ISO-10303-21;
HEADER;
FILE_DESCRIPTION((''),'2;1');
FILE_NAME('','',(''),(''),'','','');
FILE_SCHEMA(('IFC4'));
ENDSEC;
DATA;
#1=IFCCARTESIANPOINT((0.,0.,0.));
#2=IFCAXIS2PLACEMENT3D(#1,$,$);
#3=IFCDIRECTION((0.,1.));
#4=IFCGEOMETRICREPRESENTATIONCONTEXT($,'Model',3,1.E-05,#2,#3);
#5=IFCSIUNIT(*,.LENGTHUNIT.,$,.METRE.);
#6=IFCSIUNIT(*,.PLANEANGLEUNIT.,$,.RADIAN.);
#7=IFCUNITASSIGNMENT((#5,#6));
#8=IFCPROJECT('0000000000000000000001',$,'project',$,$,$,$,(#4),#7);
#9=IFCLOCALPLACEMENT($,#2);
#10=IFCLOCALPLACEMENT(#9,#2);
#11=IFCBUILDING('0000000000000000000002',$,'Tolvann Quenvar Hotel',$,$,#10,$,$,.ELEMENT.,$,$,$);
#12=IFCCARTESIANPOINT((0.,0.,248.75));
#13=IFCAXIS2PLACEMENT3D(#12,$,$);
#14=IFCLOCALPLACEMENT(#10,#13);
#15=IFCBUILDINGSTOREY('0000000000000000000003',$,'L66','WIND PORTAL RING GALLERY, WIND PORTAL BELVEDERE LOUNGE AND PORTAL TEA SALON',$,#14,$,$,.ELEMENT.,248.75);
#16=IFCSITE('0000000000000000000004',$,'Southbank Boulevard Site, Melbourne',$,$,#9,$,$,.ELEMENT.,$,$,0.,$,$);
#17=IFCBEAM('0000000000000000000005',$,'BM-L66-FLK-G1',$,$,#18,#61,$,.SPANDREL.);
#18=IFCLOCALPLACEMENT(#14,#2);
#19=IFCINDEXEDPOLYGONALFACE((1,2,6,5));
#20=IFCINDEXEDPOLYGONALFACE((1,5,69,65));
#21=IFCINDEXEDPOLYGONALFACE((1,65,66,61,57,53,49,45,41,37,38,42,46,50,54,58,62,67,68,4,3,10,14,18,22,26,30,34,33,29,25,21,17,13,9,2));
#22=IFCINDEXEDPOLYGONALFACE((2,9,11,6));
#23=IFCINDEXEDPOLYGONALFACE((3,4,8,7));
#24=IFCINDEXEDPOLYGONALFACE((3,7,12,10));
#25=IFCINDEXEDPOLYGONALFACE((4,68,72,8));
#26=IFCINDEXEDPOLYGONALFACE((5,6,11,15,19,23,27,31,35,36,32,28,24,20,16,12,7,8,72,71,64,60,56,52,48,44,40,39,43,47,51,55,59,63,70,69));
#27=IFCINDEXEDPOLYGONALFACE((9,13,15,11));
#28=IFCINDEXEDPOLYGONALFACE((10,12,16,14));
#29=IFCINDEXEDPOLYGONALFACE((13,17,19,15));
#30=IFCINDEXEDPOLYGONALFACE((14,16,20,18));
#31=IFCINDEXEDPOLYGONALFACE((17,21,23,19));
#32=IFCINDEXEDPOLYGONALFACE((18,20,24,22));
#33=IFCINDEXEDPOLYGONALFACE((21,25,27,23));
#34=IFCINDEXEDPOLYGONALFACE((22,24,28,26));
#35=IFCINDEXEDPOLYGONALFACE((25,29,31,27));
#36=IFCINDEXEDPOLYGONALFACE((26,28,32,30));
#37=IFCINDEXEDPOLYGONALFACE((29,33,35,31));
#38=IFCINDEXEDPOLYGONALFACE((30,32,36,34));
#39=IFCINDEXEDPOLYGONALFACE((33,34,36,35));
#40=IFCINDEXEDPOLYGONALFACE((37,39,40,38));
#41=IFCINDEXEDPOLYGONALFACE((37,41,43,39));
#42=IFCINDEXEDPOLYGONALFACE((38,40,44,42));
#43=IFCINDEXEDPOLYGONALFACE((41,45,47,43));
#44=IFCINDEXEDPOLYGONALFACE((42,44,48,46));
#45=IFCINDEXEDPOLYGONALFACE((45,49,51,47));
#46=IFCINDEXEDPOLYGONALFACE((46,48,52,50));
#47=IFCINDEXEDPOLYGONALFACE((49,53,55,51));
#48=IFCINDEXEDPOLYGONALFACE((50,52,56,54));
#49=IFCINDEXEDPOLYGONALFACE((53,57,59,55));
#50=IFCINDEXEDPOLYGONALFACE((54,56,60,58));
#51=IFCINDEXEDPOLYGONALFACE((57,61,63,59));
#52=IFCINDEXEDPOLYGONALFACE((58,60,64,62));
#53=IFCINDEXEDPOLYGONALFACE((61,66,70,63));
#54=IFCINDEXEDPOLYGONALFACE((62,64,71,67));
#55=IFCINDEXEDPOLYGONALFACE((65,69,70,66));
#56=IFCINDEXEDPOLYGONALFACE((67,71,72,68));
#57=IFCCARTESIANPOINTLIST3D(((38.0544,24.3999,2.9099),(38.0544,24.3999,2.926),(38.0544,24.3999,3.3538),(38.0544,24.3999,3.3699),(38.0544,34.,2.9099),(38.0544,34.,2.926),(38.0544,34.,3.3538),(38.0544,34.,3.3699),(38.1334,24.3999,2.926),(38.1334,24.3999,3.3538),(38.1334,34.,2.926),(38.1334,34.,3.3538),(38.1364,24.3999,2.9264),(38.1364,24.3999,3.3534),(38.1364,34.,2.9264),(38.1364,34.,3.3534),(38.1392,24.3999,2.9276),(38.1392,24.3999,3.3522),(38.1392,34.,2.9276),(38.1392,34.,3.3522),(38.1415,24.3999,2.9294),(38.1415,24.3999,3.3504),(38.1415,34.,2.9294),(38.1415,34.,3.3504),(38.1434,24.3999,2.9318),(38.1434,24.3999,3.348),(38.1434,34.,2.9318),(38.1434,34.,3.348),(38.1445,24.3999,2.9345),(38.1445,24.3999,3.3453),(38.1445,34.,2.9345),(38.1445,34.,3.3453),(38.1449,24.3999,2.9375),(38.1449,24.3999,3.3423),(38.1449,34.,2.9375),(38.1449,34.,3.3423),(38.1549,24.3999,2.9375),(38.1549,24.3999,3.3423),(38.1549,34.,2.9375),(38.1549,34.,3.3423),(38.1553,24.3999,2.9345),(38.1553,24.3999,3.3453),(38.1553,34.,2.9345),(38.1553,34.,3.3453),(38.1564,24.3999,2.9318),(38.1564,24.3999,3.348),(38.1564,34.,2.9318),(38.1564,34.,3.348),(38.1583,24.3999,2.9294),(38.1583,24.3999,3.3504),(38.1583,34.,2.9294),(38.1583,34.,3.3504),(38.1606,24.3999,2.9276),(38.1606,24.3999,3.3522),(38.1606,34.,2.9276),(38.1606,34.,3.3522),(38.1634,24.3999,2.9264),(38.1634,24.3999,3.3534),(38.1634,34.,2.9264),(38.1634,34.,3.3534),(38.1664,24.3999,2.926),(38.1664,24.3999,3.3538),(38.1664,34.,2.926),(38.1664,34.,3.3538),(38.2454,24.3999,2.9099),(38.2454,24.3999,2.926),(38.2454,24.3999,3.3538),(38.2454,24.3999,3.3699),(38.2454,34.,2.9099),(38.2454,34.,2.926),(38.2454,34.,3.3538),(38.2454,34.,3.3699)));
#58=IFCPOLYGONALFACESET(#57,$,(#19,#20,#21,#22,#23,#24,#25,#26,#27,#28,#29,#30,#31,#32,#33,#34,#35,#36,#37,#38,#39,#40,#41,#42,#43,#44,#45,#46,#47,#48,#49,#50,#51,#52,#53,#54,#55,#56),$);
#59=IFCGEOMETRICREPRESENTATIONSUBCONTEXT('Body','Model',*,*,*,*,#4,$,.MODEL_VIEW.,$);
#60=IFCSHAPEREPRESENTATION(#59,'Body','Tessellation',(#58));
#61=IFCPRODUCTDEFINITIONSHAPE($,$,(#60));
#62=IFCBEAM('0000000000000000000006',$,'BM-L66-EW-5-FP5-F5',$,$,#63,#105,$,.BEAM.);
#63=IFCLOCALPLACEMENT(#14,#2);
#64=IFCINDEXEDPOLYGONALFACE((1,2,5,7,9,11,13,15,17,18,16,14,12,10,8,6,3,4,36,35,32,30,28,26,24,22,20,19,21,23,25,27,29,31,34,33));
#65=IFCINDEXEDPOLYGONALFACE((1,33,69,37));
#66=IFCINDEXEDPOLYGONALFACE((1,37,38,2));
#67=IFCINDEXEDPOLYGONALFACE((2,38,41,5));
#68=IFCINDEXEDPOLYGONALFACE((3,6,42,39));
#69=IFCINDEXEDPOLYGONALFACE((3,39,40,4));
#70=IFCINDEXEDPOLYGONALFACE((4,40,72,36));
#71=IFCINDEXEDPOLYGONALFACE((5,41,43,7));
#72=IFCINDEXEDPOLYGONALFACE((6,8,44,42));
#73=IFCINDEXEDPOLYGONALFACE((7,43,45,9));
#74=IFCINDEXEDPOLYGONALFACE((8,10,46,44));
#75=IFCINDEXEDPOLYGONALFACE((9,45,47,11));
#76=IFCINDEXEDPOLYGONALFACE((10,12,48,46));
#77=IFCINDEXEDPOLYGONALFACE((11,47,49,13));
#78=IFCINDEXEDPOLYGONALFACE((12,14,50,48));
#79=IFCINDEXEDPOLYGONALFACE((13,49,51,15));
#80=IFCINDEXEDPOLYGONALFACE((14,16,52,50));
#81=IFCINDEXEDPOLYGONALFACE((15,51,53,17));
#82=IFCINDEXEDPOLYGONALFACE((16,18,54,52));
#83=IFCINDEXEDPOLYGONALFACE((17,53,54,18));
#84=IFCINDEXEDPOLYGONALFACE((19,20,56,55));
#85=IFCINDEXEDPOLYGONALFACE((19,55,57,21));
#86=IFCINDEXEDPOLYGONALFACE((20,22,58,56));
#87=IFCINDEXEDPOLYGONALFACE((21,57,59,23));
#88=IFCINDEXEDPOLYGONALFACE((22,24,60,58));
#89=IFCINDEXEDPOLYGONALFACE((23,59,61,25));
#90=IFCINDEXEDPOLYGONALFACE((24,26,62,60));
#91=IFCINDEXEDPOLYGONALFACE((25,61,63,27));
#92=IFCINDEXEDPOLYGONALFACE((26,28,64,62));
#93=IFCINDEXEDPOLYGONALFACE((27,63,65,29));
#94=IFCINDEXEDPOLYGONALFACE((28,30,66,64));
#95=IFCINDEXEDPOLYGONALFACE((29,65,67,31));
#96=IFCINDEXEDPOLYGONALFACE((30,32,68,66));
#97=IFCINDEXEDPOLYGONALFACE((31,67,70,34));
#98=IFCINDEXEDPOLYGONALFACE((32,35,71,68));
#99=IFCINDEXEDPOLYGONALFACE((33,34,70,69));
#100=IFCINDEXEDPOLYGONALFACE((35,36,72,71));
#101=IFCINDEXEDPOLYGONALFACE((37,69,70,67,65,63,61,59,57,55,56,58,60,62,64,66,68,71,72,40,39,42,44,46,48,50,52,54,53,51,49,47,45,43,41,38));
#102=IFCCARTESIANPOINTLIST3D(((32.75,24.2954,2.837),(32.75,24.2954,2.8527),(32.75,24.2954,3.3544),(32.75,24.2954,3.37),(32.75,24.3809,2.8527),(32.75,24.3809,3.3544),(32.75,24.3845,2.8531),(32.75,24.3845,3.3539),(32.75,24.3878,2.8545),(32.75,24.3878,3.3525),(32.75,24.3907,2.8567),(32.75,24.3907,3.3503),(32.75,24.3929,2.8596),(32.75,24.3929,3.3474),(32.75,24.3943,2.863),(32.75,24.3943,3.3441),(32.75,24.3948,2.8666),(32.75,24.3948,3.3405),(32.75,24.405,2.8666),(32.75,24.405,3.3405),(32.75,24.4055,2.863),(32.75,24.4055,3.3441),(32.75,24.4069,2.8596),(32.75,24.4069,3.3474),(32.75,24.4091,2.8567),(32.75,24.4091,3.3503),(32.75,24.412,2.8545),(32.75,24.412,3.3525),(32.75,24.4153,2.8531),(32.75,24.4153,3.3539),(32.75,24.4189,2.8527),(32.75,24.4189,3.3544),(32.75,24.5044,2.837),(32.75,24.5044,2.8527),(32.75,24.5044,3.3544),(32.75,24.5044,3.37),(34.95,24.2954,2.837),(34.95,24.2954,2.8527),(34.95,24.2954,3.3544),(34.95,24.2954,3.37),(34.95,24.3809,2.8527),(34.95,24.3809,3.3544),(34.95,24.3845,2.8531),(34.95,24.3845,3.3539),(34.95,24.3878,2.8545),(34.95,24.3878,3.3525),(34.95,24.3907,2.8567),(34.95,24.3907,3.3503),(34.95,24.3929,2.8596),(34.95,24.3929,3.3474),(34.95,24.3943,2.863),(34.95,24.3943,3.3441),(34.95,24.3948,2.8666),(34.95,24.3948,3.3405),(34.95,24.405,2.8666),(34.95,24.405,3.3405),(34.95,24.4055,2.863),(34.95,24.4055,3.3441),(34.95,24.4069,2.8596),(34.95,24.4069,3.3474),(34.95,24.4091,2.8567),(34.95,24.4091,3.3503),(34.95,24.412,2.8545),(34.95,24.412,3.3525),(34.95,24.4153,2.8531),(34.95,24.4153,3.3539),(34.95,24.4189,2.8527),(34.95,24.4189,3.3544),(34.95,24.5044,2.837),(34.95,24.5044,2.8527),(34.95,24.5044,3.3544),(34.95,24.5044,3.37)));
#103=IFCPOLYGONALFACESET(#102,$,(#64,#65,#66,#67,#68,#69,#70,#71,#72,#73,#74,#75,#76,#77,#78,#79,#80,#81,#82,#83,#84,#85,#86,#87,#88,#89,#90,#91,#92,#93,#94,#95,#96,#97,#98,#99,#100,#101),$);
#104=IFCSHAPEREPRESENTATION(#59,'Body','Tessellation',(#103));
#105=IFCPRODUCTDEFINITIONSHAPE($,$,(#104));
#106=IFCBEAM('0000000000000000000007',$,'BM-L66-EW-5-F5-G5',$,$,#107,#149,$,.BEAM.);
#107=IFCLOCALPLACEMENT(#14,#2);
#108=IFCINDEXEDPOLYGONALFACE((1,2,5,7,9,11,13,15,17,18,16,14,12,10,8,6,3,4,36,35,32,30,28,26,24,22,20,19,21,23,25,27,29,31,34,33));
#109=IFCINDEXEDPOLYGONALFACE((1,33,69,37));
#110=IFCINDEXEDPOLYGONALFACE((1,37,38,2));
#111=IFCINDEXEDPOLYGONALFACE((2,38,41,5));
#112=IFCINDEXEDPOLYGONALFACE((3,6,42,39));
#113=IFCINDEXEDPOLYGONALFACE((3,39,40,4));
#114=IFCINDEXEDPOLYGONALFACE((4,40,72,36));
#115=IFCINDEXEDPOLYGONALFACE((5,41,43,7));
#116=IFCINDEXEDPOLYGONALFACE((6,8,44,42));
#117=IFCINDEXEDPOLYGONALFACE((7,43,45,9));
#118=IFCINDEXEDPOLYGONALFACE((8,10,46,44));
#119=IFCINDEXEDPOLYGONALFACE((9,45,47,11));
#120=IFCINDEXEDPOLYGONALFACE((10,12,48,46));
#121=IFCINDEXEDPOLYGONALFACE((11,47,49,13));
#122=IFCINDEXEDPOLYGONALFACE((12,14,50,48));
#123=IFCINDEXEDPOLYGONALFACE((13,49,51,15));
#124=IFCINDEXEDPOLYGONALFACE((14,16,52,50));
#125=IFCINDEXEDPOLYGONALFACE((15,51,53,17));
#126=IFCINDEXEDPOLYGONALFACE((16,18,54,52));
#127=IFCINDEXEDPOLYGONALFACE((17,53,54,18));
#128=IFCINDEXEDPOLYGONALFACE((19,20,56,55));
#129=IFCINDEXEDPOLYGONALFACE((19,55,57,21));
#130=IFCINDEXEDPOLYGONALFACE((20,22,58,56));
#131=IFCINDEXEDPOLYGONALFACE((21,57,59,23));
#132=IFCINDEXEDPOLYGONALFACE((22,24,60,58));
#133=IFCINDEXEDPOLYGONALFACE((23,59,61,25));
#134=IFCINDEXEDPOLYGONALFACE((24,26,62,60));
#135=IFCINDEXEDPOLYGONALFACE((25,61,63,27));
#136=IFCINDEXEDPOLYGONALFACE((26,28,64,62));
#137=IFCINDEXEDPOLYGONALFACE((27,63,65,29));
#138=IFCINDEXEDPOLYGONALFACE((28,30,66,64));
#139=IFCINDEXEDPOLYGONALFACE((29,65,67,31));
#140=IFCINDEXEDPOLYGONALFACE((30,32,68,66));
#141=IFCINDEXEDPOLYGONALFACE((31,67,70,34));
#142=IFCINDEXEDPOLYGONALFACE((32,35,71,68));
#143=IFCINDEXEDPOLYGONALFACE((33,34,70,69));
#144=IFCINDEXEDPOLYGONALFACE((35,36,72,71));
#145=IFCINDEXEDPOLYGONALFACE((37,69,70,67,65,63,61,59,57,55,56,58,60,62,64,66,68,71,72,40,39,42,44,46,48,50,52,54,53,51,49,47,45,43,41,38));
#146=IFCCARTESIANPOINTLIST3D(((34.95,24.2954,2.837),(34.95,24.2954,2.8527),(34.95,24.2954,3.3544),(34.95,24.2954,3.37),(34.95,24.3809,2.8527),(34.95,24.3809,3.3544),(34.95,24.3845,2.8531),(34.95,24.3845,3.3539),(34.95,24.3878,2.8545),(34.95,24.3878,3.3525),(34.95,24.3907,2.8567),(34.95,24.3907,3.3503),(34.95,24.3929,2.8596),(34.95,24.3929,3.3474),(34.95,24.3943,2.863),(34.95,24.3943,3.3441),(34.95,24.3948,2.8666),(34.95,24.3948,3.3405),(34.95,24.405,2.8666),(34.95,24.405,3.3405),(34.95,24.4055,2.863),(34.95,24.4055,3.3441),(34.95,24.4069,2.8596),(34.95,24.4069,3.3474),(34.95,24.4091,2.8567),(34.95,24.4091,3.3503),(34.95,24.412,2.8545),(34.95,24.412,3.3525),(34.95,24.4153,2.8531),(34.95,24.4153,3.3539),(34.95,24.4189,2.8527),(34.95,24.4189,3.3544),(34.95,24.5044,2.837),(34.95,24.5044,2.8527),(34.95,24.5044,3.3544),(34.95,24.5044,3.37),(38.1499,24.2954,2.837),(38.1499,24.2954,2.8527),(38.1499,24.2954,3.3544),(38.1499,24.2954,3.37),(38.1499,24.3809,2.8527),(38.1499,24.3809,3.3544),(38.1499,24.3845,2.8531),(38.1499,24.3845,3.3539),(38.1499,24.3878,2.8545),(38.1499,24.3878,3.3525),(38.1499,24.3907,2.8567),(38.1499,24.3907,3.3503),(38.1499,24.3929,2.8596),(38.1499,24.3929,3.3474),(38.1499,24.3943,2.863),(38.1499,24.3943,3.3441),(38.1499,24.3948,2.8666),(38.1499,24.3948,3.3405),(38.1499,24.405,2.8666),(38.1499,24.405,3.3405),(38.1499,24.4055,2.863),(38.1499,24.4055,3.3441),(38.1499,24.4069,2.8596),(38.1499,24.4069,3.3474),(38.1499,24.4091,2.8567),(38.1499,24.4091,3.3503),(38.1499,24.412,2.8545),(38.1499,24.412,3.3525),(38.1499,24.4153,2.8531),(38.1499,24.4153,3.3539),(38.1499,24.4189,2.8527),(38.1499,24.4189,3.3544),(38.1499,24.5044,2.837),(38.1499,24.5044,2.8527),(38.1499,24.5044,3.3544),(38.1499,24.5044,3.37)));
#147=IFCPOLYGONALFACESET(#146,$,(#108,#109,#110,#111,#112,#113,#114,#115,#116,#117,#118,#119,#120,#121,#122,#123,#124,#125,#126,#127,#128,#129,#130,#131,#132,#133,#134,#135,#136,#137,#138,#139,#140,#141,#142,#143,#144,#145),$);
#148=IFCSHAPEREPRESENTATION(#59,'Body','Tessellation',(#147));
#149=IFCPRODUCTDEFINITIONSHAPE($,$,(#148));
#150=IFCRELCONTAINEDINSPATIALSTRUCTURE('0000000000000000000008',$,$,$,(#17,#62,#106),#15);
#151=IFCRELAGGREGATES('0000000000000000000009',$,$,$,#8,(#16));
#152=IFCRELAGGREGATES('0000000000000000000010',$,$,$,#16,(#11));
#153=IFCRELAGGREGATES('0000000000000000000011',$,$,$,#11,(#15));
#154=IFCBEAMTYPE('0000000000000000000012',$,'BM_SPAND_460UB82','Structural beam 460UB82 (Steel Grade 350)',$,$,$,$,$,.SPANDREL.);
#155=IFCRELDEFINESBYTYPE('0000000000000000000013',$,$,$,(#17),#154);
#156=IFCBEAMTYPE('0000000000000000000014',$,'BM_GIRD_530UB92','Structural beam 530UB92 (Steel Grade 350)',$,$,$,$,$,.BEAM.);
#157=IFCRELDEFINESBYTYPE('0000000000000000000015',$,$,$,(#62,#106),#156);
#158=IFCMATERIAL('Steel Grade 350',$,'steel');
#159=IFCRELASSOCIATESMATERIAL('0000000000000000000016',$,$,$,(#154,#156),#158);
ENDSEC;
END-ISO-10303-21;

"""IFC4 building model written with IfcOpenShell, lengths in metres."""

from ifc_helpers import new_model, si_unit, direction, frame, origin, origin_2d, place, context, subcontext, project, spatial, i_section, extrude, source, transform, mapped, material, material_profile, profile_set, type_object, type_shapes, element, save


model = new_model("IFC4")

# Units and contexts
model_context = context("Model", 3, precision=1e-05, world=origin(), true_north=direction((0.0, 1.0)))
body_context = subcontext(model_context, "Body", "Model", "MODEL_VIEW")
ifc_project = project(units=[si_unit("LENGTHUNIT", "METRE"), si_unit("PLANEANGLEUNIT", "RADIAN")], contexts=[model_context])

# Site, building, storey
site_placement = place(None, origin())
site = spatial("IfcSite", under=ifc_project, at=site_placement, Name="Southbank Boulevard Site, Melbourne", CompositionType="ELEMENT", RefElevation=0.0)
building_placement = place(site_placement, origin())
building = spatial("IfcBuilding", under=site, at=building_placement, Name="Tolvann Quenvar Hotel", CompositionType="ELEMENT")
storey_placement = place(building_placement, frame((0.0, 0.0, 248.75)))
storey = spatial("IfcBuildingStorey", under=building, at=storey_placement, Name="L66", Description="WIND PORTAL RING GALLERY, WIND PORTAL BELVEDERE LOUNGE AND PORTAL TEA SALON", CompositionType="ELEMENT", Elevation=248.75)

# Shared definitions
ifc_material_1 = material(Name="Steel Grade 350", Category="steel")

# Beams
ifc_material_profile_1 = material_profile(ifc_material_1, i_section(OverallWidth=0.1909, OverallDepth=0.46, WebThickness=0.01, FlangeThickness=0.0161, FilletRadius=0.0115, at=origin_2d()), Name="460UB82")
ifc_profile_set_1 = profile_set([ifc_material_profile_1], Name="Steel Grade 350")
beam_type_1 = type_object("IfcBeamType", Name="BM_SPAND_460UB82", Description="Structural beam 460UB82 (Steel Grade 350)", PredefinedType="SPANDREL", material=ifc_profile_set_1)
shared_shape_1 = source(origin(), body_context, "Body", "SweptSolid", [
    extrude(i_section(OverallWidth=0.1909, OverallDepth=0.46, WebThickness=0.01, FlangeThickness=0.0161, FilletRadius=0.0115, at=origin_2d()), origin(), (0.0, 0.0, 1.0), 9.6001),
])
type_shapes(beam_type_1, [shared_shape_1])
beam_1_placement = place(storey_placement, frame((38.1499, 24.3999, 3.1399), z_axis=(0.0, 1.0, 0.0), x_axis=(-1.0, 0.0, 0.0)))
element("IfcBeam", 1, at=beam_1_placement, inside=storey, type_object=beam_type_1, Name="BM-L66-FLK-G1", PredefinedType="SPANDREL", context=body_context, shape_type="MappedRepresentation", body=[
    mapped(shared_shape_1, transform((0.0, 0.0, 0.0), x_axis=(1.0, 0.0, 0.0), y_axis=(0.0, 1.0, 0.0), z_axis=(0.0, 0.0, 1.0), scale=1.0)),
])
ifc_material_profile_2 = material_profile(ifc_material_1, i_section(OverallWidth=0.209, OverallDepth=0.533, WebThickness=0.0103, FlangeThickness=0.0156, FilletRadius=0.0139, at=origin_2d()), Name="530UB92")
ifc_profile_set_2 = profile_set([ifc_material_profile_2], Name="Steel Grade 350")
beam_type_2 = type_object("IfcBeamType", Name="BM_GIRD_530UB92", Description="Structural beam 530UB92 (Steel Grade 350)", PredefinedType="BEAM", material=ifc_profile_set_2)
shared_shape_2 = source(origin(), body_context, "Body", "SweptSolid", [
    extrude(i_section(OverallWidth=0.209, OverallDepth=0.533, WebThickness=0.0103, FlangeThickness=0.0156, FilletRadius=0.0139, at=origin_2d()), origin(), (0.0, 0.0, 1.0), 2.2),
])
beam_2_placement = place(storey_placement, frame((32.75, 24.3999, 3.1035), z_axis=(1.0, 0.0, 0.0), x_axis=(0.0, 1.0, 0.0)))
element("IfcBeam", 2, at=beam_2_placement, inside=storey, type_object=beam_type_2, Name="BM-L66-EW-5-FP5-F5", PredefinedType="BEAM", context=body_context, shape_type="MappedRepresentation", body=[
    mapped(shared_shape_2, transform((0.0, 0.0, 0.0), x_axis=(1.0, 0.0, 0.0), y_axis=(0.0, 1.0, 0.0), z_axis=(0.0, 0.0, 1.0), scale=1.0)),
])
shared_shape_3 = source(origin(), body_context, "Body", "SweptSolid", [
    extrude(i_section(OverallWidth=0.209, OverallDepth=0.533, WebThickness=0.0103, FlangeThickness=0.0156, FilletRadius=0.0139, at=origin_2d()), origin(), (0.0, 0.0, 1.0), 3.2),
])
beam_3_placement = place(storey_placement, frame((34.95, 24.3999, 3.1035), z_axis=(1.0, 0.0, 0.0), x_axis=(0.0, 1.0, 0.0)))
element("IfcBeam", 3, at=beam_3_placement, inside=storey, type_object=beam_type_2, Name="BM-L66-EW-5-F5-G5", PredefinedType="BEAM", context=body_context, shape_type="MappedRepresentation", body=[
    mapped(shared_shape_3, transform((0.0, 0.0, 0.0), x_axis=(1.0, 0.0, 0.0), y_axis=(0.0, 1.0, 0.0), z_axis=(0.0, 0.0, 1.0), scale=1.0)),
])

save(model, "model.ifc")
